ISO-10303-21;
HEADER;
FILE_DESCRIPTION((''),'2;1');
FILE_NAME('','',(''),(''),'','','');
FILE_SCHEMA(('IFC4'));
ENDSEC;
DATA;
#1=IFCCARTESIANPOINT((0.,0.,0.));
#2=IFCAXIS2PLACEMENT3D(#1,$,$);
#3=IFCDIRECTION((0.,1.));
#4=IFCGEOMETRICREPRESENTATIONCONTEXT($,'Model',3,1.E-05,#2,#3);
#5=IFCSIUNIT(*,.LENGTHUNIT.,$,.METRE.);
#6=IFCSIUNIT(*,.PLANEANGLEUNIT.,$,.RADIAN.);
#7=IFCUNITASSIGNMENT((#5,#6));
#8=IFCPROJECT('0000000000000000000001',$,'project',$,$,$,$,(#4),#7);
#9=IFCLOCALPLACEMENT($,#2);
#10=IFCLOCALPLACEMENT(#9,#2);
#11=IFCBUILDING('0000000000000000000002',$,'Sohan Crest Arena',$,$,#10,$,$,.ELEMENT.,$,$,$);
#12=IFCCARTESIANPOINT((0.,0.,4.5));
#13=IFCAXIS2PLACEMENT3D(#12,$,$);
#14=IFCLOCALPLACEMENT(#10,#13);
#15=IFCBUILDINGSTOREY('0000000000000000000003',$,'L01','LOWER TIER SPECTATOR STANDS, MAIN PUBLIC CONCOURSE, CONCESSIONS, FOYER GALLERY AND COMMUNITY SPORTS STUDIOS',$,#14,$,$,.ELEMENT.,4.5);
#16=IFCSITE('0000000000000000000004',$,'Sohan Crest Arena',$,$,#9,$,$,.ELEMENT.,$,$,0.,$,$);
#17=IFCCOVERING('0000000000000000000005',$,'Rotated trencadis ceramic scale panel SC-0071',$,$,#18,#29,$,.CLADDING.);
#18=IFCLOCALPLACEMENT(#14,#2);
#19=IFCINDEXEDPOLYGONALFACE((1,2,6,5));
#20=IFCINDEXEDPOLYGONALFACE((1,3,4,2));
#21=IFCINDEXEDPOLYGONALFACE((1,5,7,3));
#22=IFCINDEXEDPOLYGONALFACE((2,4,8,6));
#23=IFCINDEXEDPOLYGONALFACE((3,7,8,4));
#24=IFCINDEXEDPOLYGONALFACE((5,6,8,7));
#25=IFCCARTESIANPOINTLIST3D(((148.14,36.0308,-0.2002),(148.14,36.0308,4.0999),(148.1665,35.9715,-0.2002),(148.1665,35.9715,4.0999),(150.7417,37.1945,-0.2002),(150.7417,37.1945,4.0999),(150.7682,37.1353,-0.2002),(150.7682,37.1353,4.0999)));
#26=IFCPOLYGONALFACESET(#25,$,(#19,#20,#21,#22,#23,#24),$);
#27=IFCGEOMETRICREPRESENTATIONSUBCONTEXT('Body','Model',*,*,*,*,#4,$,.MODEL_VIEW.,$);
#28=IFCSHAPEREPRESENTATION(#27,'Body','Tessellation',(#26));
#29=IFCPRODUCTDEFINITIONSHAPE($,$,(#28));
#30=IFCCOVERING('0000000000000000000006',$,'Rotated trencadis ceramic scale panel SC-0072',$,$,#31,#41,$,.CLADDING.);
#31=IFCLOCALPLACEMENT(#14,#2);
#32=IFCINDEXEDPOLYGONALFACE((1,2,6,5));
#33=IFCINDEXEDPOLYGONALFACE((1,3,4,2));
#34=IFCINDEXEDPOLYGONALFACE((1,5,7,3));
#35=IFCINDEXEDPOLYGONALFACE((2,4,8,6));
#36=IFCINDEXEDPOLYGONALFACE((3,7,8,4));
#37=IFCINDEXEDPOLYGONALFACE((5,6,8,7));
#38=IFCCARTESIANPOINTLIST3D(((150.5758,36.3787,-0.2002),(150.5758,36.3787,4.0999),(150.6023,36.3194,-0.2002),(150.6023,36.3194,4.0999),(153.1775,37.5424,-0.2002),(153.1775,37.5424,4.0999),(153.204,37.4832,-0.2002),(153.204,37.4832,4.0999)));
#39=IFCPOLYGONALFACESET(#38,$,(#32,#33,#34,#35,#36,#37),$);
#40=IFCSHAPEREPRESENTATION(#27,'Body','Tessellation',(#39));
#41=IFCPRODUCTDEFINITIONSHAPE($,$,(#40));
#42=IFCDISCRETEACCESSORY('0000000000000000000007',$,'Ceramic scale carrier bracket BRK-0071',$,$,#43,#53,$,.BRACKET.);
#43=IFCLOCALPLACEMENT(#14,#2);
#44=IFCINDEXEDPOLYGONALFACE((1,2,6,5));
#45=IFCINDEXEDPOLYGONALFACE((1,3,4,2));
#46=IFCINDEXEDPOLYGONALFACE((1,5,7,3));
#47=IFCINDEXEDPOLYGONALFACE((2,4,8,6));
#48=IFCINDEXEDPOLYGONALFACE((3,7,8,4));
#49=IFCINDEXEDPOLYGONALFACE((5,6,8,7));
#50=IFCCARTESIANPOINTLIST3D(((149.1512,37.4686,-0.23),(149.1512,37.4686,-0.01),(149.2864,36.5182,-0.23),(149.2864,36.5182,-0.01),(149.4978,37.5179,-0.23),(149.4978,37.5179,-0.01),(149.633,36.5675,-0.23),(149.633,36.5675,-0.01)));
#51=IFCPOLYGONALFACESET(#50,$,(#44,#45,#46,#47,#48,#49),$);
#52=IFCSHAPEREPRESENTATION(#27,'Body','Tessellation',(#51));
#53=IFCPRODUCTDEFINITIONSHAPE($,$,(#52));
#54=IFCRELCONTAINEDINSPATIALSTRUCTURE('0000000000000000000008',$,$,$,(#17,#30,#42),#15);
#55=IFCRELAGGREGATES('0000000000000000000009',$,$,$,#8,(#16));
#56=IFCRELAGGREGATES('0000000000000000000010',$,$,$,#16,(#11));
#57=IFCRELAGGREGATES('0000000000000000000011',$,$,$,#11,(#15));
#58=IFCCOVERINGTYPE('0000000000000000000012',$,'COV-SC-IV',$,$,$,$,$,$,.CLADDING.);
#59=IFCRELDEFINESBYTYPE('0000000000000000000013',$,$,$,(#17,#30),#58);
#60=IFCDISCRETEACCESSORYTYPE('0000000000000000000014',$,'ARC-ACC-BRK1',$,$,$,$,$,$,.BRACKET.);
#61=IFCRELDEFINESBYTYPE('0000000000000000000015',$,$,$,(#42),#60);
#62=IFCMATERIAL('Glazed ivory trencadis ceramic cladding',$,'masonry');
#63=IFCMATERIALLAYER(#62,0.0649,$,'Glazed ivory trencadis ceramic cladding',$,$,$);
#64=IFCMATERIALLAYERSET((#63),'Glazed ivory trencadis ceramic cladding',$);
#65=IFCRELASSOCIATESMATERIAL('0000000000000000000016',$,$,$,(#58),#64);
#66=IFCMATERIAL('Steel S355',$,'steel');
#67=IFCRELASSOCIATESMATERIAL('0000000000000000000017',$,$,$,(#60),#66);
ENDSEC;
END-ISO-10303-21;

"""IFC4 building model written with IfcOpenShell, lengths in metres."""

from ifc_helpers import new_model, si_unit, direction, frame, origin, origin_2d, place, context, subcontext, project, spatial, rectangle, extrude, material, layer, layer_set, type_object, element, save


model = new_model("IFC4")

# Units and contexts
model_context = context("Model", 3, precision=1e-05, world=origin(), true_north=direction((0.0, 1.0)))
body_context = subcontext(model_context, "Body", "Model", "MODEL_VIEW")
ifc_project = project(units=[si_unit("LENGTHUNIT", "METRE"), si_unit("PLANEANGLEUNIT", "RADIAN")], contexts=[model_context])

# Site, building, storey
site_placement = place(None, origin())
site = spatial("IfcSite", under=ifc_project, at=site_placement, Name="Sohan Crest Arena", CompositionType="ELEMENT", RefElevation=0.0)
building_placement = place(site_placement, origin())
building = spatial("IfcBuilding", under=site, at=building_placement, Name="Sohan Crest Arena", CompositionType="ELEMENT")
storey_placement = place(building_placement, frame((0.0, 0.0, 4.5)))
storey = spatial("IfcBuildingStorey", under=building, at=storey_placement, Name="L01", Description="LOWER TIER SPECTATOR STANDS, MAIN PUBLIC CONCOURSE, CONCESSIONS, FOYER GALLERY AND COMMUNITY SPORTS STUDIOS", CompositionType="ELEMENT", Elevation=4.5)

# Shared definitions
ifc_material_1 = material(Name="Steel S355", Category="steel")

# Coverings
ifc_material_2 = material(Name="Glazed ivory trencadis ceramic cladding", Category="masonry")
ifc_layer_1 = layer(ifc_material_2, 0.0649, Name="Glazed ivory trencadis ceramic cladding")
ifc_layer_set_1 = layer_set([ifc_layer_1], Name="Glazed ivory trencadis ceramic cladding")
covering_type = type_object("IfcCoveringType", Name="COV-SC-IV", PredefinedType="CLADDING", material=ifc_layer_set_1)
for number, where, z_axis, x_axis, name in (
    (1, (149.4541, 36.583, -0.2002), (0.0, 0.0, 1.0), (0.912834, 0.40833, 0.0), "Rotated trencadis ceramic scale panel SC-0071"),
    (2, (151.8899, 36.9309, -0.2002), (0.0, 0.0, 1.0), (0.912834, 0.40833, 0.0), "Rotated trencadis ceramic scale panel SC-0072"),
):
    element("IfcCovering", number, at=place(storey_placement, frame(where, z_axis=z_axis, x_axis=x_axis)), inside=storey, type_object=covering_type, Name=name, PredefinedType="CLADDING", context=body_context, shape_type="SweptSolid", body=[
        extrude(rectangle(XDim=2.8501, YDim=0.0649, at=origin_2d()), origin(), (0.0, 0.0, 1.0), 4.3),
    ])

# Discrete accessory
discrete_accessory_type = type_object("IfcDiscreteAccessoryType", Name="ARC-ACC-BRK1", PredefinedType="BRACKET", material=ifc_material_1)
discrete_accessory_placement = place(storey_placement, frame((149.3921, 37.0181, -0.23), z_axis=(0.0, 0.0, 1.0), x_axis=(0.990024, 0.140901, 0.0)))
element("IfcDiscreteAccessory", 3, at=discrete_accessory_placement, inside=storey, type_object=discrete_accessory_type, Name="Ceramic scale carrier bracket BRK-0071", PredefinedType="BRACKET", context=body_context, shape_type="SweptSolid", body=[
    extrude(rectangle(XDim=0.3501, YDim=0.96, at=origin_2d()), origin(), (0.0, 0.0, 1.0), 0.22),
])

save(model, "model.ifc")
